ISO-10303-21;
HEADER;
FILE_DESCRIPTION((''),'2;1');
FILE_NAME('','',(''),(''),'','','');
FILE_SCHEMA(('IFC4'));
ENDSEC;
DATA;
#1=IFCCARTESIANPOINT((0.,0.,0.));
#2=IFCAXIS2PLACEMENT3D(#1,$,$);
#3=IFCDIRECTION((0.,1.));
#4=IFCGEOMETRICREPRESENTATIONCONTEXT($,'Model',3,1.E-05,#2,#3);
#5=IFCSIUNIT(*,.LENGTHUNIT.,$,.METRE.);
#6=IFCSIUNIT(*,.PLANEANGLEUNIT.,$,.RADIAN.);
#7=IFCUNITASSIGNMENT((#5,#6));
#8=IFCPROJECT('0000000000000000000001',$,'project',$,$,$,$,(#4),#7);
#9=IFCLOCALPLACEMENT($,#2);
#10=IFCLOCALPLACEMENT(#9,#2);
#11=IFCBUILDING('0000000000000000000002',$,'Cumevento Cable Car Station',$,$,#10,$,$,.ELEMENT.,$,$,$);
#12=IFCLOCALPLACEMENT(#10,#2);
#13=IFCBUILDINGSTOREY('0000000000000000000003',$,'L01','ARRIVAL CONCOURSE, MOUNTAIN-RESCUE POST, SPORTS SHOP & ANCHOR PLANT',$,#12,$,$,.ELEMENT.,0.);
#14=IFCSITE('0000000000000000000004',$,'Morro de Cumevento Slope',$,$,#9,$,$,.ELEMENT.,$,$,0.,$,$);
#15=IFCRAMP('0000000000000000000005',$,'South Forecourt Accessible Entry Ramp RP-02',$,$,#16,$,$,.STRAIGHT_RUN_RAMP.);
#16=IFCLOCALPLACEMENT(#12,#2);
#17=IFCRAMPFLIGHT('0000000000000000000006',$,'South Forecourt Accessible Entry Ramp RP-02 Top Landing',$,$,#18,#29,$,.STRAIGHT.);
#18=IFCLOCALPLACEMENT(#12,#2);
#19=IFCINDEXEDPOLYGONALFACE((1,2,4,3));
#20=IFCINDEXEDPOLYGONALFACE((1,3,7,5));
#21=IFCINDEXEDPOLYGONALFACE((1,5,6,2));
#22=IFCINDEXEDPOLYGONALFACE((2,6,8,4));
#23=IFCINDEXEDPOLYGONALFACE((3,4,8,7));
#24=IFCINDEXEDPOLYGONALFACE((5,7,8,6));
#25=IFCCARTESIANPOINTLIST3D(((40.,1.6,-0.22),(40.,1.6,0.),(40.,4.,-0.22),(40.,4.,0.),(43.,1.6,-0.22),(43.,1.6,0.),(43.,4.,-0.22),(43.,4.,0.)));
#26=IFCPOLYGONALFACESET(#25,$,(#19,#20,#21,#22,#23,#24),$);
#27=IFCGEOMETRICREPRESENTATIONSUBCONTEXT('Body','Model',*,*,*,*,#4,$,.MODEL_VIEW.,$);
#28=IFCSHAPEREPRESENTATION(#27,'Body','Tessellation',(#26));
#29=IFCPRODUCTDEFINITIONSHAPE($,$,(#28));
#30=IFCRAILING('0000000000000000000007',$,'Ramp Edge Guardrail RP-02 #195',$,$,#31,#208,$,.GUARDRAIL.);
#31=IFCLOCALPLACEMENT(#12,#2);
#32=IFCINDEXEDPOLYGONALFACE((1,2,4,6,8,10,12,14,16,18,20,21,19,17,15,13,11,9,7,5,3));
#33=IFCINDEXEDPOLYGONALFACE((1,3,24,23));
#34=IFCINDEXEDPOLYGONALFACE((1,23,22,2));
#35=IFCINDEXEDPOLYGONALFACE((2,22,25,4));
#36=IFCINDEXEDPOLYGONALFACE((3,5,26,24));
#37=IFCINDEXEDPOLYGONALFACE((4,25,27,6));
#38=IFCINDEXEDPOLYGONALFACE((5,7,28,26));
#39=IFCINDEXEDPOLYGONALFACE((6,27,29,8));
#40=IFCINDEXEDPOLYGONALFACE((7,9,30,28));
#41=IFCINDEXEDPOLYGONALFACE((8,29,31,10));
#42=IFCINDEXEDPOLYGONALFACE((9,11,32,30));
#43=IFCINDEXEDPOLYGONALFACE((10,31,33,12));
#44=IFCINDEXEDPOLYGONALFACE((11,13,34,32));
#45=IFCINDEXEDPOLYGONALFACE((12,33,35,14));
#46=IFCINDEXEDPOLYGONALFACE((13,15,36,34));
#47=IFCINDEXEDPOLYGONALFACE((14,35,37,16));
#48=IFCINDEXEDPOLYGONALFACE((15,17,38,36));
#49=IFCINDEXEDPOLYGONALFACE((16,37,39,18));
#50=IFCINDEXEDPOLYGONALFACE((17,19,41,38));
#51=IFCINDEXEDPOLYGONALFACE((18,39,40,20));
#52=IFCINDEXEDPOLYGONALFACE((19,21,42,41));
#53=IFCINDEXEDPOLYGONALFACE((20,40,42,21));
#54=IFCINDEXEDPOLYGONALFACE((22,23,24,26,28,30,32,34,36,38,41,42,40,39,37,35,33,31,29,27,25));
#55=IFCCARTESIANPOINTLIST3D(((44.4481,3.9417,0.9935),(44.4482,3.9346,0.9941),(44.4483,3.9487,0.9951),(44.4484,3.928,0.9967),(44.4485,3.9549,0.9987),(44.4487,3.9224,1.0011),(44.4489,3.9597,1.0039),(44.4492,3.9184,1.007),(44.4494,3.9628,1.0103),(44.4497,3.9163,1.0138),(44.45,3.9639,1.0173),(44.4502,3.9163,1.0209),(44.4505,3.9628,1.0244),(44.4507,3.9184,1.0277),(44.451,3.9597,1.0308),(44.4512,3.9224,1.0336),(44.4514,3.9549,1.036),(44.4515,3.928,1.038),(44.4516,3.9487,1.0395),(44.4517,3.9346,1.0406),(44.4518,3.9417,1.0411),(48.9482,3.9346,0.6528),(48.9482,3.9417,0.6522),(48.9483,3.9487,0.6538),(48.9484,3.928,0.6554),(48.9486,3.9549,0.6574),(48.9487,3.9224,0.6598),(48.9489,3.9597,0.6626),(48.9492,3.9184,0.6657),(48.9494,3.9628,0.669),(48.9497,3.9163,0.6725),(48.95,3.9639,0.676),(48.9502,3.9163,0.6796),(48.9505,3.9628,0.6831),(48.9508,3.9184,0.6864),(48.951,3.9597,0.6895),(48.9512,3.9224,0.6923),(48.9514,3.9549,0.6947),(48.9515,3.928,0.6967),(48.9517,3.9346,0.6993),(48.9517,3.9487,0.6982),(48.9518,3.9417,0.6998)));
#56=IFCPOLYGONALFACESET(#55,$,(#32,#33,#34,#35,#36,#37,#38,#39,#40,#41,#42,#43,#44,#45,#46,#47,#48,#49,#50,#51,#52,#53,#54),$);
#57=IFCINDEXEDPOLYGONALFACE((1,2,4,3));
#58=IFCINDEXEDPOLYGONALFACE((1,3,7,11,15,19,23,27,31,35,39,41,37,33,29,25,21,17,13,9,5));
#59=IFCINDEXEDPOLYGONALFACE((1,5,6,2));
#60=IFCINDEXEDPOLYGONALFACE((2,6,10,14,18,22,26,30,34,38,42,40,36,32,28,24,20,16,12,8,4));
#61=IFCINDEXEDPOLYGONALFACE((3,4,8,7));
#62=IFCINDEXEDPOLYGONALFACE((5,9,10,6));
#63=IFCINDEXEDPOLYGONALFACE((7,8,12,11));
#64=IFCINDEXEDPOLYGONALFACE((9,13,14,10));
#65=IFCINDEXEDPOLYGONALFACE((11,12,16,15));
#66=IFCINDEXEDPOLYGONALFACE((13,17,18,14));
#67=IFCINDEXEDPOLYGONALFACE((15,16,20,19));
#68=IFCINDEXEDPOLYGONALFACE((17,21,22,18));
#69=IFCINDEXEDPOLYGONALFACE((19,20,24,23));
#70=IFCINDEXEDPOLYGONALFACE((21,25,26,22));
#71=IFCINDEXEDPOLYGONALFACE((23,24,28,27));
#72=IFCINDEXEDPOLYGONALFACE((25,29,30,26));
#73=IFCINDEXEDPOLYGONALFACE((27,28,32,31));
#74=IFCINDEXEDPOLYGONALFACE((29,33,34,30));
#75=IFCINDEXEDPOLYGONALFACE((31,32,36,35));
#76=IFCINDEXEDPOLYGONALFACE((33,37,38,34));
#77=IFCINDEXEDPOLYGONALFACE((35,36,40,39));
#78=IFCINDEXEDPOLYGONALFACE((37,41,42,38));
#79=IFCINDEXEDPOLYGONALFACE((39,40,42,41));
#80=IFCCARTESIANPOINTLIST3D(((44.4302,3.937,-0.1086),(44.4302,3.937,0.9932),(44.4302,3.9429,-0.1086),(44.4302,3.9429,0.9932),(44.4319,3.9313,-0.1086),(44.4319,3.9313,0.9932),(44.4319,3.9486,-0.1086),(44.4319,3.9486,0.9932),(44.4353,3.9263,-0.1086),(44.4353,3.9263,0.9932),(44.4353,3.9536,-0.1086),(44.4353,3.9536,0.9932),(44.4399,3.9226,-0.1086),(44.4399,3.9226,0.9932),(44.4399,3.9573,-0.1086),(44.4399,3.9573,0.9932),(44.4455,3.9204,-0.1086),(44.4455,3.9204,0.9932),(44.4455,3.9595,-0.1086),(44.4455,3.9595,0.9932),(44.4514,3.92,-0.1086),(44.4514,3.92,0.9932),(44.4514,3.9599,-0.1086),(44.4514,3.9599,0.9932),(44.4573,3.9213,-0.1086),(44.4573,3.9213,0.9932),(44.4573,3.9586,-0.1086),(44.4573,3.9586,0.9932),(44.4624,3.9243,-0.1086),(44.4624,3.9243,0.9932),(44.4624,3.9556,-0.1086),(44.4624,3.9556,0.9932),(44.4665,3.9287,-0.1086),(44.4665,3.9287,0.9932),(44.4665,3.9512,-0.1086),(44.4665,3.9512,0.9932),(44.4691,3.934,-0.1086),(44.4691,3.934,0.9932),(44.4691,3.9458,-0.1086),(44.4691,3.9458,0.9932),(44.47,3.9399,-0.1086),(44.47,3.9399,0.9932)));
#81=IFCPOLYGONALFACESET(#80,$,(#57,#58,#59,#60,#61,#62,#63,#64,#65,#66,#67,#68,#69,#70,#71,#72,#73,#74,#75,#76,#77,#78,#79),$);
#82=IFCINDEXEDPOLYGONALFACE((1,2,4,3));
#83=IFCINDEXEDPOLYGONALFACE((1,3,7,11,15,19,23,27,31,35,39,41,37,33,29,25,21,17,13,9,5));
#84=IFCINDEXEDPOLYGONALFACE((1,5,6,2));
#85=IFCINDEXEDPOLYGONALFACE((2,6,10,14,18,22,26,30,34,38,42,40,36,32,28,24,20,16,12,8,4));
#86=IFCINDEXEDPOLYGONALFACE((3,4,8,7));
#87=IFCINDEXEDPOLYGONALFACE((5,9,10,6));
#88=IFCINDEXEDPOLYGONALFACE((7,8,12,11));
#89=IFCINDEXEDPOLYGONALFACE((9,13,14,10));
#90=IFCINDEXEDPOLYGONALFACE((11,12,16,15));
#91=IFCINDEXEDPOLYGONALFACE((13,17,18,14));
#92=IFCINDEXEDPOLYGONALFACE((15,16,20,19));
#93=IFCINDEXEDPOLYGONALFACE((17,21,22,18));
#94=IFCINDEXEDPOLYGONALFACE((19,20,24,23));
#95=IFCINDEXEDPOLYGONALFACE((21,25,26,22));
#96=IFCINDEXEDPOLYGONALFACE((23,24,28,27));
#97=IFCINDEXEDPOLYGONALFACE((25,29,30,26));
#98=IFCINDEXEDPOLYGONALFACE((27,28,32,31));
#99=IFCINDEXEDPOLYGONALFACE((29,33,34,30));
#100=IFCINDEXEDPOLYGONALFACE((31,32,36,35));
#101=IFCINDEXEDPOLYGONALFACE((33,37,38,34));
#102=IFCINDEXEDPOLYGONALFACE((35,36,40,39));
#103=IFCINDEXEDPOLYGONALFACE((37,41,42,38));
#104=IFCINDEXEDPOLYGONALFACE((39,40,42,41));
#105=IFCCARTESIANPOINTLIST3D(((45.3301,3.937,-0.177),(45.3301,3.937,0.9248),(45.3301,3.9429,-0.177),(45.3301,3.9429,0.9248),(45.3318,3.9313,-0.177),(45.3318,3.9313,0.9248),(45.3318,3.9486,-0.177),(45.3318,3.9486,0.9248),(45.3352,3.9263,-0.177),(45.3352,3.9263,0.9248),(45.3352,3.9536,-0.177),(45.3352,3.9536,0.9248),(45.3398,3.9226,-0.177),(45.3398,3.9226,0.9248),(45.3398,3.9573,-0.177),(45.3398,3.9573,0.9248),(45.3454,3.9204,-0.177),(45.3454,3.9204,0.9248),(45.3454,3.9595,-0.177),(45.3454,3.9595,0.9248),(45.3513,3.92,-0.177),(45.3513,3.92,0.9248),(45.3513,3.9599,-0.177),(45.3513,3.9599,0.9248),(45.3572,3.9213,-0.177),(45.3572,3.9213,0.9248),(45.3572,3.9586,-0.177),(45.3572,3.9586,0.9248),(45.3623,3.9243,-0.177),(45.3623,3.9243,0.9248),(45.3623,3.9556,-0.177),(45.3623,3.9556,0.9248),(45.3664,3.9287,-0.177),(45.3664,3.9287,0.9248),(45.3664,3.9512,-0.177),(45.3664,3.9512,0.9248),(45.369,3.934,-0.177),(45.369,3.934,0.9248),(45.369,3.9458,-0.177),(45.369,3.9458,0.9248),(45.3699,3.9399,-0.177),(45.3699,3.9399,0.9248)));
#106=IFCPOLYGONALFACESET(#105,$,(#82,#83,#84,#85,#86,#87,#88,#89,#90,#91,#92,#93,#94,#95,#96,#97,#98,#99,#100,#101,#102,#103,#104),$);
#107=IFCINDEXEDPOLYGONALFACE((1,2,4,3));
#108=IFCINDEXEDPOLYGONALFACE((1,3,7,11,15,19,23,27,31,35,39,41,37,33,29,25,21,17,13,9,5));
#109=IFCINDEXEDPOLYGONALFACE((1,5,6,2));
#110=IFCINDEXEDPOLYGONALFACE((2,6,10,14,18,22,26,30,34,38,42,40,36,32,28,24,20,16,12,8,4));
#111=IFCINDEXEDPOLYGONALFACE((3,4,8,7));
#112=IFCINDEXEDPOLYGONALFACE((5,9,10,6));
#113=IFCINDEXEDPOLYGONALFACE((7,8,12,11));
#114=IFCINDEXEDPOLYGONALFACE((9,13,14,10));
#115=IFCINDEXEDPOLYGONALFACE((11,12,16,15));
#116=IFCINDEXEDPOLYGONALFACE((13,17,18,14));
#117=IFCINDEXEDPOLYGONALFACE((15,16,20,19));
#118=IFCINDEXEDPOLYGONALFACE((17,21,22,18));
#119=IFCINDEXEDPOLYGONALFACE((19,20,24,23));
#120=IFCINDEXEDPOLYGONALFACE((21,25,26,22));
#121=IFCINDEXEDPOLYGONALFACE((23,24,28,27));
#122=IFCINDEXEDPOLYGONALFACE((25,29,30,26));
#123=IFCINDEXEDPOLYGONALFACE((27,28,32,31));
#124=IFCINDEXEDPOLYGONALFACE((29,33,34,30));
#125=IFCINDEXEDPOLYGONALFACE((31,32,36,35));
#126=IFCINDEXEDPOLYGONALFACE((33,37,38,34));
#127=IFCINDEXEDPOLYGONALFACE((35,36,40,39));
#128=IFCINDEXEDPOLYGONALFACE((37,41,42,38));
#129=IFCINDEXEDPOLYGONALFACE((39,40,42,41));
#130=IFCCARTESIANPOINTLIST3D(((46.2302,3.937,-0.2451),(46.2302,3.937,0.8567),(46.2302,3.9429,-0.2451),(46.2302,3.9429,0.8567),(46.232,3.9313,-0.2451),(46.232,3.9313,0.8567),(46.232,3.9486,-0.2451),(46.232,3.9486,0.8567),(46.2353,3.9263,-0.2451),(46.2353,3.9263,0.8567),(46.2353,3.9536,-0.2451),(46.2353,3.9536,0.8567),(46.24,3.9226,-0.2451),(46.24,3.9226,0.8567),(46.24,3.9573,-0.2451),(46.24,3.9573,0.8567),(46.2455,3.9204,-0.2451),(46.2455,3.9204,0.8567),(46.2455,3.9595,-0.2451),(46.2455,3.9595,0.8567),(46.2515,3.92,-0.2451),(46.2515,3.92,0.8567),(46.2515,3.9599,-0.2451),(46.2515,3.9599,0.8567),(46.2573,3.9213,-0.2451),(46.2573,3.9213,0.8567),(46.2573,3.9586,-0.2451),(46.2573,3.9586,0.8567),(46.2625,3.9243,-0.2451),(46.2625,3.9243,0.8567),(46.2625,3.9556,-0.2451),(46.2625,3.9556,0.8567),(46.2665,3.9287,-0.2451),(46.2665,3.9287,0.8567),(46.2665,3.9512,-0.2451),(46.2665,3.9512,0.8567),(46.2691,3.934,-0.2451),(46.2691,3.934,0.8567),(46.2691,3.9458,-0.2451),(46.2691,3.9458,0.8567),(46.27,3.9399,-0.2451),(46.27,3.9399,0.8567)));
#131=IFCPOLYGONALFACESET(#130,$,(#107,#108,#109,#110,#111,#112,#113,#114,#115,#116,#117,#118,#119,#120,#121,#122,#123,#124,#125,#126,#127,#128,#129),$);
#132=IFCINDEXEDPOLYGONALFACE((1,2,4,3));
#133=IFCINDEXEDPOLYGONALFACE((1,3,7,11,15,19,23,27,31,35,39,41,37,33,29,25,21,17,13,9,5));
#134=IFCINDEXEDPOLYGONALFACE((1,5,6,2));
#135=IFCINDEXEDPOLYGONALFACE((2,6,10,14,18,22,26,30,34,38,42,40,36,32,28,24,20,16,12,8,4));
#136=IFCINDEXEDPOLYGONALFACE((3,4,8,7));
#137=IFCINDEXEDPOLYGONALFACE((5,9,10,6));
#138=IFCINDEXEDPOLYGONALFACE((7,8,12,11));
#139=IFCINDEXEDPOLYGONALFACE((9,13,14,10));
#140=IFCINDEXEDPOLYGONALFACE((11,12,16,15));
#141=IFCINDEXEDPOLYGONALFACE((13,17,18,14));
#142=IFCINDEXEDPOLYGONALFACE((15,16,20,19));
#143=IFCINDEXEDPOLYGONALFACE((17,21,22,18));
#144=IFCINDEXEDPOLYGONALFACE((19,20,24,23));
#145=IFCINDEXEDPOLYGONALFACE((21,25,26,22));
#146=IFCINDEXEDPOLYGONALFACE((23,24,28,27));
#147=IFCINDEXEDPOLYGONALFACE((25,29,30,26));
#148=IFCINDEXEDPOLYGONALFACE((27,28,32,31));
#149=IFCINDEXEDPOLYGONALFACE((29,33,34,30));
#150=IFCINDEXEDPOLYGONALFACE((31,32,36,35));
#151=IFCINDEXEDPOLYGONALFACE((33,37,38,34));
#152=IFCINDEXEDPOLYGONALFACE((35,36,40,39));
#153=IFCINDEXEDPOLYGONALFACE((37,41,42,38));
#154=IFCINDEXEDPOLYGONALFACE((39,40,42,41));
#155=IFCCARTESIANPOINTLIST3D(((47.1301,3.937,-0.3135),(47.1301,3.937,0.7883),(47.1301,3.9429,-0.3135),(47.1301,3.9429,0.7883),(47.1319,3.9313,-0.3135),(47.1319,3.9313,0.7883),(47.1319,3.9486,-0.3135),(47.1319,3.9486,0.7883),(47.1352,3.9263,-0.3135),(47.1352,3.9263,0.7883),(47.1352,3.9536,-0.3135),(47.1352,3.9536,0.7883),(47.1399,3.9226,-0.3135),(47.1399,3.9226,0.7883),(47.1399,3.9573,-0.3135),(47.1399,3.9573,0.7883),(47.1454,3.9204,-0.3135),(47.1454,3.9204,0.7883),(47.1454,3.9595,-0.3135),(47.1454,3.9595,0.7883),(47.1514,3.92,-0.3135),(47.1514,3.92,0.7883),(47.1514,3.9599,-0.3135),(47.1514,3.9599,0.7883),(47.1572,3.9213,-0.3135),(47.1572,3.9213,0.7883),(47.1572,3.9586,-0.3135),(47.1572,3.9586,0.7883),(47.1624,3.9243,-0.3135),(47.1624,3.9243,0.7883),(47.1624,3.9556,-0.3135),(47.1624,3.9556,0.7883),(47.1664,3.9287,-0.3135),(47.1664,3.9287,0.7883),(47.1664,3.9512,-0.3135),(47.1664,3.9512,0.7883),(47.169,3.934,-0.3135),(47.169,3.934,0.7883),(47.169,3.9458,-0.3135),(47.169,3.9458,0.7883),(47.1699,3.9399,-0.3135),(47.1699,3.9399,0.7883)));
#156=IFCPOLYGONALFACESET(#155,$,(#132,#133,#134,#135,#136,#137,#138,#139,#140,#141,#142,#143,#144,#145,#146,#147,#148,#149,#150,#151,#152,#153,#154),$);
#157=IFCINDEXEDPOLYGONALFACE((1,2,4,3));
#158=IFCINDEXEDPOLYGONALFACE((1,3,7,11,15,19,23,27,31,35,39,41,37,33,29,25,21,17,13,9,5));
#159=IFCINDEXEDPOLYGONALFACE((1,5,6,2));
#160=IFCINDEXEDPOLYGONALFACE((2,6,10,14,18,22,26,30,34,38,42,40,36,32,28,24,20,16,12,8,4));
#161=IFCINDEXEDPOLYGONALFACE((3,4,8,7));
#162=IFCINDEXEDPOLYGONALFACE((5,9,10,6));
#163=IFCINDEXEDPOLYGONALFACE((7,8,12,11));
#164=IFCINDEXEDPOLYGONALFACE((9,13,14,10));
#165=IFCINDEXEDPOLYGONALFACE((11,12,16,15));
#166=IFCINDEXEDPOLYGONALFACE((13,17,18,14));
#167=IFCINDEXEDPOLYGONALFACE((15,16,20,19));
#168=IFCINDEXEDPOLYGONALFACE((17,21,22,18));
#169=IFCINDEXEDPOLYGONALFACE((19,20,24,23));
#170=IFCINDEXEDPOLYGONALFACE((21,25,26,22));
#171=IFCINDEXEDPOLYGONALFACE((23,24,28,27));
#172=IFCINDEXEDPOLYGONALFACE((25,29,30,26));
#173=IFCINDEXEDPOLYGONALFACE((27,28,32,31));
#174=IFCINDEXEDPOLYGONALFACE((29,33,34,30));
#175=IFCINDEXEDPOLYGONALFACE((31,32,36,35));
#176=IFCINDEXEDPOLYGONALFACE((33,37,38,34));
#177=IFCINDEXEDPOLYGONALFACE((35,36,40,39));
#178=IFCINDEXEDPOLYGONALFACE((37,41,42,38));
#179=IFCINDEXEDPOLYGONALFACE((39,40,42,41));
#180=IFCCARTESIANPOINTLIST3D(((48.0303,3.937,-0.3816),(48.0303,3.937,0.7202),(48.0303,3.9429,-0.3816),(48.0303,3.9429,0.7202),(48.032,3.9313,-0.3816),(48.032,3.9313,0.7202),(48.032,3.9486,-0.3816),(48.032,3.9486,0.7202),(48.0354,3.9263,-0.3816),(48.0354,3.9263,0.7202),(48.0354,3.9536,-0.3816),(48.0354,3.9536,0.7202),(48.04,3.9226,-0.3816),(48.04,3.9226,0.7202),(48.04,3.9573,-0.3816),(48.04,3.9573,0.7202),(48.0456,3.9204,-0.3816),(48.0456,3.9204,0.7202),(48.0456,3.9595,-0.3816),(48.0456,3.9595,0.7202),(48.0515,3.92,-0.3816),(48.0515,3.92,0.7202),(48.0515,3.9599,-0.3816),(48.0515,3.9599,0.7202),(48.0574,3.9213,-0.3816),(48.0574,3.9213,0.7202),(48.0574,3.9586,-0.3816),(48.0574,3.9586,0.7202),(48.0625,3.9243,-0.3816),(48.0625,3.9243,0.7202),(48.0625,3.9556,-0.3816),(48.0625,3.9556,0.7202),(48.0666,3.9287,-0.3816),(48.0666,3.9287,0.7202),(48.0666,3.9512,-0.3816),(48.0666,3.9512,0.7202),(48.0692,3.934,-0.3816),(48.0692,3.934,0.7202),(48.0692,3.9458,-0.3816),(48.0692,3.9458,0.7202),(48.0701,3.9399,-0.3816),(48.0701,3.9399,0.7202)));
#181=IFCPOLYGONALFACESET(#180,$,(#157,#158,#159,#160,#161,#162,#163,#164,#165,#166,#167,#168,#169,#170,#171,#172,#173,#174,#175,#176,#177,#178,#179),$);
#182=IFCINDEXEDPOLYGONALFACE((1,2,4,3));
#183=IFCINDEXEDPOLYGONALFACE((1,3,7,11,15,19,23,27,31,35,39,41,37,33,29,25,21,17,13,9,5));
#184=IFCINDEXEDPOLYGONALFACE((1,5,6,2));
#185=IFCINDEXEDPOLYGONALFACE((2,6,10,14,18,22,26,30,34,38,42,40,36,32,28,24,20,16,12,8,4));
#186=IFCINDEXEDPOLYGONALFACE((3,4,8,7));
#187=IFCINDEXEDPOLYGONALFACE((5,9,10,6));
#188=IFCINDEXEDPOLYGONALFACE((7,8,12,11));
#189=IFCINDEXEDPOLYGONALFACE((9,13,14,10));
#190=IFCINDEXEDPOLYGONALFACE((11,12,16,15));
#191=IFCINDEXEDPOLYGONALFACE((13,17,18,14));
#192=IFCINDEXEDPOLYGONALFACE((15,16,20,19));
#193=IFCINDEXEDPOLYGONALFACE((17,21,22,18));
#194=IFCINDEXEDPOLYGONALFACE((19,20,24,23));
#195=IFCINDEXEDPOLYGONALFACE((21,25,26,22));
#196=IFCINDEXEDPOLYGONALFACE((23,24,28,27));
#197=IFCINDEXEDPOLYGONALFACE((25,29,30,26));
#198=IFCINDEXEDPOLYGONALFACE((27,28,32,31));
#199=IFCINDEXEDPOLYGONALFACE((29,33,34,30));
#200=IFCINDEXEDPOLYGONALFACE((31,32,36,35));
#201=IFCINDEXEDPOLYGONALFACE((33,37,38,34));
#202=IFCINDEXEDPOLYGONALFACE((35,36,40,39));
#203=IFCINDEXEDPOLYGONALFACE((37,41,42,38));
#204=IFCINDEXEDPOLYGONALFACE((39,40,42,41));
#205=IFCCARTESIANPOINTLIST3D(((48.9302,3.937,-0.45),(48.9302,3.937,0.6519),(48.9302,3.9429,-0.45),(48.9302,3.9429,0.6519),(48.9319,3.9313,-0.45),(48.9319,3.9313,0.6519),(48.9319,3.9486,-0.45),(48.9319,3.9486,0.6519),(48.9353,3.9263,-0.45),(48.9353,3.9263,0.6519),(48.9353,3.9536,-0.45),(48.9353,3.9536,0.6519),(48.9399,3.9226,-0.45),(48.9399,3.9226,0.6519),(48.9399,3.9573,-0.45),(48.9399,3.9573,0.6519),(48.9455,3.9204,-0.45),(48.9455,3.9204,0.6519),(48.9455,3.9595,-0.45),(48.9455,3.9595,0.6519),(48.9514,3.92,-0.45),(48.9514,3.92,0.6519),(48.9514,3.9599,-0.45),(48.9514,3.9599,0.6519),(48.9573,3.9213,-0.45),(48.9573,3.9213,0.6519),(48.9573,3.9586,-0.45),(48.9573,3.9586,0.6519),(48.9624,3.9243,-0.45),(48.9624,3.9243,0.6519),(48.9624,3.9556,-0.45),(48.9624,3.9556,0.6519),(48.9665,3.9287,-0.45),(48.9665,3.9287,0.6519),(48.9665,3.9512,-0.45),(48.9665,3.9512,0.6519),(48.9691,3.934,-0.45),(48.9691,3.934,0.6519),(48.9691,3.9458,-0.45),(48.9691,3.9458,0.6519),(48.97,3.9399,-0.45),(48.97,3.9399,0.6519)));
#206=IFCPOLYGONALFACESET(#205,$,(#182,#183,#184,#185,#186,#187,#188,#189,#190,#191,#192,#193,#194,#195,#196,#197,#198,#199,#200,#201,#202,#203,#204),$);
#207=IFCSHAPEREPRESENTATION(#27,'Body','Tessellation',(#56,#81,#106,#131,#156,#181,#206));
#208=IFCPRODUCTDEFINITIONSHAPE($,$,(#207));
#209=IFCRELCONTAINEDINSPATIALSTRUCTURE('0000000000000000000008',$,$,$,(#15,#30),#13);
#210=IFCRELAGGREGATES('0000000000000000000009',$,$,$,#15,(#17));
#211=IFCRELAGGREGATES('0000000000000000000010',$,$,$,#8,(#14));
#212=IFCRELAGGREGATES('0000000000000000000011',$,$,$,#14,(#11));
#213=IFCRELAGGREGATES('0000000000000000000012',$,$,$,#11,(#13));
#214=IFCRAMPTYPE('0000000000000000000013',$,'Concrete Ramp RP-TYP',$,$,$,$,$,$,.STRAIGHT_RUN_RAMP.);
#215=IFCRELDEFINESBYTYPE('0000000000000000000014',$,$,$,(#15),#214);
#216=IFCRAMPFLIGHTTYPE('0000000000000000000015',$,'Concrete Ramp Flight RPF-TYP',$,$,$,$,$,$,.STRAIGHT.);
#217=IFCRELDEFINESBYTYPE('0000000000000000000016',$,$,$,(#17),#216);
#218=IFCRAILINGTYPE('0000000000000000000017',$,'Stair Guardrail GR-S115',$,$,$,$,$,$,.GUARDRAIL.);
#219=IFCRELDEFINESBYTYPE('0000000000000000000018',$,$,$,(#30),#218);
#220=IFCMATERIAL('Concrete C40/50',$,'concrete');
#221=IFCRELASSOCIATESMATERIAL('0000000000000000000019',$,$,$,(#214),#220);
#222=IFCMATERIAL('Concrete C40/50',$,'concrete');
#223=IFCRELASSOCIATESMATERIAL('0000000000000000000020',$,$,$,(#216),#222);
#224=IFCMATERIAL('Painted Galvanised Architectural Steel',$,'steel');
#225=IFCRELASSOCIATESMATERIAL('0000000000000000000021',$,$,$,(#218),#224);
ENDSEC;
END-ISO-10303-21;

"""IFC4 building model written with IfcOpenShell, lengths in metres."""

from ifc_helpers import new_model, si_unit, direction, frame, origin, origin_2d, place, context, subcontext, project, spatial, rectangle, circle, extrude, material, type_object, element, aggregate, save


model = new_model("IFC4")

# Units and contexts
model_context = context("Model", 3, precision=1e-05, world=origin(), true_north=direction((0.0, 1.0)))
body_context = subcontext(model_context, "Body", "Model", "MODEL_VIEW")
ifc_project = project(units=[si_unit("LENGTHUNIT", "METRE"), si_unit("PLANEANGLEUNIT", "RADIAN")], contexts=[model_context])

# Site, building, storey
site_placement = place(None, origin())
site = spatial("IfcSite", under=ifc_project, at=site_placement, Name="Morro de Cumevento Slope", CompositionType="ELEMENT", RefElevation=0.0)
building_placement = place(site_placement, origin())
building = spatial("IfcBuilding", under=site, at=building_placement, Name="Cumevento Cable Car Station", CompositionType="ELEMENT")
storey_placement = place(building_placement, origin())
storey = spatial("IfcBuildingStorey", under=building, at=storey_placement, Name="L01", Description="ARRIVAL CONCOURSE, MOUNTAIN-RESCUE POST, SPORTS SHOP & ANCHOR PLANT", CompositionType="ELEMENT", Elevation=0.0)

# Ramp, ramp flight
ifc_material_1 = material(Name="Concrete C40/50", Category="concrete")
ramp_type = type_object("IfcRampType", Name="Concrete Ramp RP-TYP", PredefinedType="STRAIGHT_RUN_RAMP", material=ifc_material_1)
ramp_placement = place(storey_placement, origin())
ramp = element("IfcRamp", 1, at=ramp_placement, inside=storey, type_object=ramp_type, Name="South Forecourt Accessible Entry Ramp RP-02", PredefinedType="STRAIGHT_RUN_RAMP")
ifc_material_2 = material(Name="Concrete C40/50", Category="concrete")
ramp_flight_type = type_object("IfcRampFlightType", Name="Concrete Ramp Flight RPF-TYP", PredefinedType="STRAIGHT", material=ifc_material_2)
ramp_flight_1_placement = place(storey_placement, frame((41.5, 2.8, -0.22), z_axis=(0.0, 0.0, 1.0), x_axis=(1.0, 0.0, 0.0)))
ramp_flight_1 = element("IfcRampFlight", 2, at=ramp_flight_1_placement, type_object=ramp_flight_type, Name="South Forecourt Accessible Entry Ramp RP-02 Top Landing", PredefinedType="STRAIGHT", context=body_context, shape_type="SweptSolid", body=[
    extrude(rectangle(XDim=3.0, YDim=2.4, at=origin_2d()), origin(), (0.0, 0.0, 1.0), 0.22),
])
aggregate(ramp, [ramp_flight_1])

# Railing
ifc_material_3 = material(Name="Painted Galvanised Architectural Steel", Category="steel")
railing_type = type_object("IfcRailingType", Name="Stair Guardrail GR-S115", PredefinedType="GUARDRAIL", material=ifc_material_3)
railing_1_placement = place(storey_placement, frame((44.45, 3.9399, -0.1086)))
element("IfcRailing", 3, at=railing_1_placement, inside=storey, type_object=railing_type, Name="Ramp Edge Guardrail RP-02 #195", PredefinedType="GUARDRAIL", context=body_context, shape_type="SweptSolid", body=[
    extrude(circle(Radius=0.0239, at=origin_2d()), frame((0.0, 0.0, 1.126), z_axis=(0.997136, 0.0, -0.075629), x_axis=(0.0, 1.0, 0.0)), (0.0, 0.0, 1.0), 4.5129),
    extrude(circle(Radius=0.02, at=origin_2d()), origin(), (0.0, 0.0, 1.0), 1.1018),
    extrude(circle(Radius=0.02, at=origin_2d()), frame((0.8999, 0.0, -0.0684)), (0.0, 0.0, 1.0), 1.1018),
    extrude(circle(Radius=0.02, at=origin_2d()), frame((1.8, 0.0, -0.1365)), (0.0, 0.0, 1.0), 1.1018),
    extrude(circle(Radius=0.02, at=origin_2d()), frame((2.7, 0.0, -0.2048)), (0.0, 0.0, 1.0), 1.1018),
    extrude(circle(Radius=0.02, at=origin_2d()), frame((3.6001, 0.0, -0.2729)), (0.0, 0.0, 1.0), 1.1018),
    extrude(circle(Radius=0.02, at=origin_2d()), frame((4.5, 0.0, -0.3413)), (0.0, 0.0, 1.0), 1.1018),
])

save(model, "model.ifc")
